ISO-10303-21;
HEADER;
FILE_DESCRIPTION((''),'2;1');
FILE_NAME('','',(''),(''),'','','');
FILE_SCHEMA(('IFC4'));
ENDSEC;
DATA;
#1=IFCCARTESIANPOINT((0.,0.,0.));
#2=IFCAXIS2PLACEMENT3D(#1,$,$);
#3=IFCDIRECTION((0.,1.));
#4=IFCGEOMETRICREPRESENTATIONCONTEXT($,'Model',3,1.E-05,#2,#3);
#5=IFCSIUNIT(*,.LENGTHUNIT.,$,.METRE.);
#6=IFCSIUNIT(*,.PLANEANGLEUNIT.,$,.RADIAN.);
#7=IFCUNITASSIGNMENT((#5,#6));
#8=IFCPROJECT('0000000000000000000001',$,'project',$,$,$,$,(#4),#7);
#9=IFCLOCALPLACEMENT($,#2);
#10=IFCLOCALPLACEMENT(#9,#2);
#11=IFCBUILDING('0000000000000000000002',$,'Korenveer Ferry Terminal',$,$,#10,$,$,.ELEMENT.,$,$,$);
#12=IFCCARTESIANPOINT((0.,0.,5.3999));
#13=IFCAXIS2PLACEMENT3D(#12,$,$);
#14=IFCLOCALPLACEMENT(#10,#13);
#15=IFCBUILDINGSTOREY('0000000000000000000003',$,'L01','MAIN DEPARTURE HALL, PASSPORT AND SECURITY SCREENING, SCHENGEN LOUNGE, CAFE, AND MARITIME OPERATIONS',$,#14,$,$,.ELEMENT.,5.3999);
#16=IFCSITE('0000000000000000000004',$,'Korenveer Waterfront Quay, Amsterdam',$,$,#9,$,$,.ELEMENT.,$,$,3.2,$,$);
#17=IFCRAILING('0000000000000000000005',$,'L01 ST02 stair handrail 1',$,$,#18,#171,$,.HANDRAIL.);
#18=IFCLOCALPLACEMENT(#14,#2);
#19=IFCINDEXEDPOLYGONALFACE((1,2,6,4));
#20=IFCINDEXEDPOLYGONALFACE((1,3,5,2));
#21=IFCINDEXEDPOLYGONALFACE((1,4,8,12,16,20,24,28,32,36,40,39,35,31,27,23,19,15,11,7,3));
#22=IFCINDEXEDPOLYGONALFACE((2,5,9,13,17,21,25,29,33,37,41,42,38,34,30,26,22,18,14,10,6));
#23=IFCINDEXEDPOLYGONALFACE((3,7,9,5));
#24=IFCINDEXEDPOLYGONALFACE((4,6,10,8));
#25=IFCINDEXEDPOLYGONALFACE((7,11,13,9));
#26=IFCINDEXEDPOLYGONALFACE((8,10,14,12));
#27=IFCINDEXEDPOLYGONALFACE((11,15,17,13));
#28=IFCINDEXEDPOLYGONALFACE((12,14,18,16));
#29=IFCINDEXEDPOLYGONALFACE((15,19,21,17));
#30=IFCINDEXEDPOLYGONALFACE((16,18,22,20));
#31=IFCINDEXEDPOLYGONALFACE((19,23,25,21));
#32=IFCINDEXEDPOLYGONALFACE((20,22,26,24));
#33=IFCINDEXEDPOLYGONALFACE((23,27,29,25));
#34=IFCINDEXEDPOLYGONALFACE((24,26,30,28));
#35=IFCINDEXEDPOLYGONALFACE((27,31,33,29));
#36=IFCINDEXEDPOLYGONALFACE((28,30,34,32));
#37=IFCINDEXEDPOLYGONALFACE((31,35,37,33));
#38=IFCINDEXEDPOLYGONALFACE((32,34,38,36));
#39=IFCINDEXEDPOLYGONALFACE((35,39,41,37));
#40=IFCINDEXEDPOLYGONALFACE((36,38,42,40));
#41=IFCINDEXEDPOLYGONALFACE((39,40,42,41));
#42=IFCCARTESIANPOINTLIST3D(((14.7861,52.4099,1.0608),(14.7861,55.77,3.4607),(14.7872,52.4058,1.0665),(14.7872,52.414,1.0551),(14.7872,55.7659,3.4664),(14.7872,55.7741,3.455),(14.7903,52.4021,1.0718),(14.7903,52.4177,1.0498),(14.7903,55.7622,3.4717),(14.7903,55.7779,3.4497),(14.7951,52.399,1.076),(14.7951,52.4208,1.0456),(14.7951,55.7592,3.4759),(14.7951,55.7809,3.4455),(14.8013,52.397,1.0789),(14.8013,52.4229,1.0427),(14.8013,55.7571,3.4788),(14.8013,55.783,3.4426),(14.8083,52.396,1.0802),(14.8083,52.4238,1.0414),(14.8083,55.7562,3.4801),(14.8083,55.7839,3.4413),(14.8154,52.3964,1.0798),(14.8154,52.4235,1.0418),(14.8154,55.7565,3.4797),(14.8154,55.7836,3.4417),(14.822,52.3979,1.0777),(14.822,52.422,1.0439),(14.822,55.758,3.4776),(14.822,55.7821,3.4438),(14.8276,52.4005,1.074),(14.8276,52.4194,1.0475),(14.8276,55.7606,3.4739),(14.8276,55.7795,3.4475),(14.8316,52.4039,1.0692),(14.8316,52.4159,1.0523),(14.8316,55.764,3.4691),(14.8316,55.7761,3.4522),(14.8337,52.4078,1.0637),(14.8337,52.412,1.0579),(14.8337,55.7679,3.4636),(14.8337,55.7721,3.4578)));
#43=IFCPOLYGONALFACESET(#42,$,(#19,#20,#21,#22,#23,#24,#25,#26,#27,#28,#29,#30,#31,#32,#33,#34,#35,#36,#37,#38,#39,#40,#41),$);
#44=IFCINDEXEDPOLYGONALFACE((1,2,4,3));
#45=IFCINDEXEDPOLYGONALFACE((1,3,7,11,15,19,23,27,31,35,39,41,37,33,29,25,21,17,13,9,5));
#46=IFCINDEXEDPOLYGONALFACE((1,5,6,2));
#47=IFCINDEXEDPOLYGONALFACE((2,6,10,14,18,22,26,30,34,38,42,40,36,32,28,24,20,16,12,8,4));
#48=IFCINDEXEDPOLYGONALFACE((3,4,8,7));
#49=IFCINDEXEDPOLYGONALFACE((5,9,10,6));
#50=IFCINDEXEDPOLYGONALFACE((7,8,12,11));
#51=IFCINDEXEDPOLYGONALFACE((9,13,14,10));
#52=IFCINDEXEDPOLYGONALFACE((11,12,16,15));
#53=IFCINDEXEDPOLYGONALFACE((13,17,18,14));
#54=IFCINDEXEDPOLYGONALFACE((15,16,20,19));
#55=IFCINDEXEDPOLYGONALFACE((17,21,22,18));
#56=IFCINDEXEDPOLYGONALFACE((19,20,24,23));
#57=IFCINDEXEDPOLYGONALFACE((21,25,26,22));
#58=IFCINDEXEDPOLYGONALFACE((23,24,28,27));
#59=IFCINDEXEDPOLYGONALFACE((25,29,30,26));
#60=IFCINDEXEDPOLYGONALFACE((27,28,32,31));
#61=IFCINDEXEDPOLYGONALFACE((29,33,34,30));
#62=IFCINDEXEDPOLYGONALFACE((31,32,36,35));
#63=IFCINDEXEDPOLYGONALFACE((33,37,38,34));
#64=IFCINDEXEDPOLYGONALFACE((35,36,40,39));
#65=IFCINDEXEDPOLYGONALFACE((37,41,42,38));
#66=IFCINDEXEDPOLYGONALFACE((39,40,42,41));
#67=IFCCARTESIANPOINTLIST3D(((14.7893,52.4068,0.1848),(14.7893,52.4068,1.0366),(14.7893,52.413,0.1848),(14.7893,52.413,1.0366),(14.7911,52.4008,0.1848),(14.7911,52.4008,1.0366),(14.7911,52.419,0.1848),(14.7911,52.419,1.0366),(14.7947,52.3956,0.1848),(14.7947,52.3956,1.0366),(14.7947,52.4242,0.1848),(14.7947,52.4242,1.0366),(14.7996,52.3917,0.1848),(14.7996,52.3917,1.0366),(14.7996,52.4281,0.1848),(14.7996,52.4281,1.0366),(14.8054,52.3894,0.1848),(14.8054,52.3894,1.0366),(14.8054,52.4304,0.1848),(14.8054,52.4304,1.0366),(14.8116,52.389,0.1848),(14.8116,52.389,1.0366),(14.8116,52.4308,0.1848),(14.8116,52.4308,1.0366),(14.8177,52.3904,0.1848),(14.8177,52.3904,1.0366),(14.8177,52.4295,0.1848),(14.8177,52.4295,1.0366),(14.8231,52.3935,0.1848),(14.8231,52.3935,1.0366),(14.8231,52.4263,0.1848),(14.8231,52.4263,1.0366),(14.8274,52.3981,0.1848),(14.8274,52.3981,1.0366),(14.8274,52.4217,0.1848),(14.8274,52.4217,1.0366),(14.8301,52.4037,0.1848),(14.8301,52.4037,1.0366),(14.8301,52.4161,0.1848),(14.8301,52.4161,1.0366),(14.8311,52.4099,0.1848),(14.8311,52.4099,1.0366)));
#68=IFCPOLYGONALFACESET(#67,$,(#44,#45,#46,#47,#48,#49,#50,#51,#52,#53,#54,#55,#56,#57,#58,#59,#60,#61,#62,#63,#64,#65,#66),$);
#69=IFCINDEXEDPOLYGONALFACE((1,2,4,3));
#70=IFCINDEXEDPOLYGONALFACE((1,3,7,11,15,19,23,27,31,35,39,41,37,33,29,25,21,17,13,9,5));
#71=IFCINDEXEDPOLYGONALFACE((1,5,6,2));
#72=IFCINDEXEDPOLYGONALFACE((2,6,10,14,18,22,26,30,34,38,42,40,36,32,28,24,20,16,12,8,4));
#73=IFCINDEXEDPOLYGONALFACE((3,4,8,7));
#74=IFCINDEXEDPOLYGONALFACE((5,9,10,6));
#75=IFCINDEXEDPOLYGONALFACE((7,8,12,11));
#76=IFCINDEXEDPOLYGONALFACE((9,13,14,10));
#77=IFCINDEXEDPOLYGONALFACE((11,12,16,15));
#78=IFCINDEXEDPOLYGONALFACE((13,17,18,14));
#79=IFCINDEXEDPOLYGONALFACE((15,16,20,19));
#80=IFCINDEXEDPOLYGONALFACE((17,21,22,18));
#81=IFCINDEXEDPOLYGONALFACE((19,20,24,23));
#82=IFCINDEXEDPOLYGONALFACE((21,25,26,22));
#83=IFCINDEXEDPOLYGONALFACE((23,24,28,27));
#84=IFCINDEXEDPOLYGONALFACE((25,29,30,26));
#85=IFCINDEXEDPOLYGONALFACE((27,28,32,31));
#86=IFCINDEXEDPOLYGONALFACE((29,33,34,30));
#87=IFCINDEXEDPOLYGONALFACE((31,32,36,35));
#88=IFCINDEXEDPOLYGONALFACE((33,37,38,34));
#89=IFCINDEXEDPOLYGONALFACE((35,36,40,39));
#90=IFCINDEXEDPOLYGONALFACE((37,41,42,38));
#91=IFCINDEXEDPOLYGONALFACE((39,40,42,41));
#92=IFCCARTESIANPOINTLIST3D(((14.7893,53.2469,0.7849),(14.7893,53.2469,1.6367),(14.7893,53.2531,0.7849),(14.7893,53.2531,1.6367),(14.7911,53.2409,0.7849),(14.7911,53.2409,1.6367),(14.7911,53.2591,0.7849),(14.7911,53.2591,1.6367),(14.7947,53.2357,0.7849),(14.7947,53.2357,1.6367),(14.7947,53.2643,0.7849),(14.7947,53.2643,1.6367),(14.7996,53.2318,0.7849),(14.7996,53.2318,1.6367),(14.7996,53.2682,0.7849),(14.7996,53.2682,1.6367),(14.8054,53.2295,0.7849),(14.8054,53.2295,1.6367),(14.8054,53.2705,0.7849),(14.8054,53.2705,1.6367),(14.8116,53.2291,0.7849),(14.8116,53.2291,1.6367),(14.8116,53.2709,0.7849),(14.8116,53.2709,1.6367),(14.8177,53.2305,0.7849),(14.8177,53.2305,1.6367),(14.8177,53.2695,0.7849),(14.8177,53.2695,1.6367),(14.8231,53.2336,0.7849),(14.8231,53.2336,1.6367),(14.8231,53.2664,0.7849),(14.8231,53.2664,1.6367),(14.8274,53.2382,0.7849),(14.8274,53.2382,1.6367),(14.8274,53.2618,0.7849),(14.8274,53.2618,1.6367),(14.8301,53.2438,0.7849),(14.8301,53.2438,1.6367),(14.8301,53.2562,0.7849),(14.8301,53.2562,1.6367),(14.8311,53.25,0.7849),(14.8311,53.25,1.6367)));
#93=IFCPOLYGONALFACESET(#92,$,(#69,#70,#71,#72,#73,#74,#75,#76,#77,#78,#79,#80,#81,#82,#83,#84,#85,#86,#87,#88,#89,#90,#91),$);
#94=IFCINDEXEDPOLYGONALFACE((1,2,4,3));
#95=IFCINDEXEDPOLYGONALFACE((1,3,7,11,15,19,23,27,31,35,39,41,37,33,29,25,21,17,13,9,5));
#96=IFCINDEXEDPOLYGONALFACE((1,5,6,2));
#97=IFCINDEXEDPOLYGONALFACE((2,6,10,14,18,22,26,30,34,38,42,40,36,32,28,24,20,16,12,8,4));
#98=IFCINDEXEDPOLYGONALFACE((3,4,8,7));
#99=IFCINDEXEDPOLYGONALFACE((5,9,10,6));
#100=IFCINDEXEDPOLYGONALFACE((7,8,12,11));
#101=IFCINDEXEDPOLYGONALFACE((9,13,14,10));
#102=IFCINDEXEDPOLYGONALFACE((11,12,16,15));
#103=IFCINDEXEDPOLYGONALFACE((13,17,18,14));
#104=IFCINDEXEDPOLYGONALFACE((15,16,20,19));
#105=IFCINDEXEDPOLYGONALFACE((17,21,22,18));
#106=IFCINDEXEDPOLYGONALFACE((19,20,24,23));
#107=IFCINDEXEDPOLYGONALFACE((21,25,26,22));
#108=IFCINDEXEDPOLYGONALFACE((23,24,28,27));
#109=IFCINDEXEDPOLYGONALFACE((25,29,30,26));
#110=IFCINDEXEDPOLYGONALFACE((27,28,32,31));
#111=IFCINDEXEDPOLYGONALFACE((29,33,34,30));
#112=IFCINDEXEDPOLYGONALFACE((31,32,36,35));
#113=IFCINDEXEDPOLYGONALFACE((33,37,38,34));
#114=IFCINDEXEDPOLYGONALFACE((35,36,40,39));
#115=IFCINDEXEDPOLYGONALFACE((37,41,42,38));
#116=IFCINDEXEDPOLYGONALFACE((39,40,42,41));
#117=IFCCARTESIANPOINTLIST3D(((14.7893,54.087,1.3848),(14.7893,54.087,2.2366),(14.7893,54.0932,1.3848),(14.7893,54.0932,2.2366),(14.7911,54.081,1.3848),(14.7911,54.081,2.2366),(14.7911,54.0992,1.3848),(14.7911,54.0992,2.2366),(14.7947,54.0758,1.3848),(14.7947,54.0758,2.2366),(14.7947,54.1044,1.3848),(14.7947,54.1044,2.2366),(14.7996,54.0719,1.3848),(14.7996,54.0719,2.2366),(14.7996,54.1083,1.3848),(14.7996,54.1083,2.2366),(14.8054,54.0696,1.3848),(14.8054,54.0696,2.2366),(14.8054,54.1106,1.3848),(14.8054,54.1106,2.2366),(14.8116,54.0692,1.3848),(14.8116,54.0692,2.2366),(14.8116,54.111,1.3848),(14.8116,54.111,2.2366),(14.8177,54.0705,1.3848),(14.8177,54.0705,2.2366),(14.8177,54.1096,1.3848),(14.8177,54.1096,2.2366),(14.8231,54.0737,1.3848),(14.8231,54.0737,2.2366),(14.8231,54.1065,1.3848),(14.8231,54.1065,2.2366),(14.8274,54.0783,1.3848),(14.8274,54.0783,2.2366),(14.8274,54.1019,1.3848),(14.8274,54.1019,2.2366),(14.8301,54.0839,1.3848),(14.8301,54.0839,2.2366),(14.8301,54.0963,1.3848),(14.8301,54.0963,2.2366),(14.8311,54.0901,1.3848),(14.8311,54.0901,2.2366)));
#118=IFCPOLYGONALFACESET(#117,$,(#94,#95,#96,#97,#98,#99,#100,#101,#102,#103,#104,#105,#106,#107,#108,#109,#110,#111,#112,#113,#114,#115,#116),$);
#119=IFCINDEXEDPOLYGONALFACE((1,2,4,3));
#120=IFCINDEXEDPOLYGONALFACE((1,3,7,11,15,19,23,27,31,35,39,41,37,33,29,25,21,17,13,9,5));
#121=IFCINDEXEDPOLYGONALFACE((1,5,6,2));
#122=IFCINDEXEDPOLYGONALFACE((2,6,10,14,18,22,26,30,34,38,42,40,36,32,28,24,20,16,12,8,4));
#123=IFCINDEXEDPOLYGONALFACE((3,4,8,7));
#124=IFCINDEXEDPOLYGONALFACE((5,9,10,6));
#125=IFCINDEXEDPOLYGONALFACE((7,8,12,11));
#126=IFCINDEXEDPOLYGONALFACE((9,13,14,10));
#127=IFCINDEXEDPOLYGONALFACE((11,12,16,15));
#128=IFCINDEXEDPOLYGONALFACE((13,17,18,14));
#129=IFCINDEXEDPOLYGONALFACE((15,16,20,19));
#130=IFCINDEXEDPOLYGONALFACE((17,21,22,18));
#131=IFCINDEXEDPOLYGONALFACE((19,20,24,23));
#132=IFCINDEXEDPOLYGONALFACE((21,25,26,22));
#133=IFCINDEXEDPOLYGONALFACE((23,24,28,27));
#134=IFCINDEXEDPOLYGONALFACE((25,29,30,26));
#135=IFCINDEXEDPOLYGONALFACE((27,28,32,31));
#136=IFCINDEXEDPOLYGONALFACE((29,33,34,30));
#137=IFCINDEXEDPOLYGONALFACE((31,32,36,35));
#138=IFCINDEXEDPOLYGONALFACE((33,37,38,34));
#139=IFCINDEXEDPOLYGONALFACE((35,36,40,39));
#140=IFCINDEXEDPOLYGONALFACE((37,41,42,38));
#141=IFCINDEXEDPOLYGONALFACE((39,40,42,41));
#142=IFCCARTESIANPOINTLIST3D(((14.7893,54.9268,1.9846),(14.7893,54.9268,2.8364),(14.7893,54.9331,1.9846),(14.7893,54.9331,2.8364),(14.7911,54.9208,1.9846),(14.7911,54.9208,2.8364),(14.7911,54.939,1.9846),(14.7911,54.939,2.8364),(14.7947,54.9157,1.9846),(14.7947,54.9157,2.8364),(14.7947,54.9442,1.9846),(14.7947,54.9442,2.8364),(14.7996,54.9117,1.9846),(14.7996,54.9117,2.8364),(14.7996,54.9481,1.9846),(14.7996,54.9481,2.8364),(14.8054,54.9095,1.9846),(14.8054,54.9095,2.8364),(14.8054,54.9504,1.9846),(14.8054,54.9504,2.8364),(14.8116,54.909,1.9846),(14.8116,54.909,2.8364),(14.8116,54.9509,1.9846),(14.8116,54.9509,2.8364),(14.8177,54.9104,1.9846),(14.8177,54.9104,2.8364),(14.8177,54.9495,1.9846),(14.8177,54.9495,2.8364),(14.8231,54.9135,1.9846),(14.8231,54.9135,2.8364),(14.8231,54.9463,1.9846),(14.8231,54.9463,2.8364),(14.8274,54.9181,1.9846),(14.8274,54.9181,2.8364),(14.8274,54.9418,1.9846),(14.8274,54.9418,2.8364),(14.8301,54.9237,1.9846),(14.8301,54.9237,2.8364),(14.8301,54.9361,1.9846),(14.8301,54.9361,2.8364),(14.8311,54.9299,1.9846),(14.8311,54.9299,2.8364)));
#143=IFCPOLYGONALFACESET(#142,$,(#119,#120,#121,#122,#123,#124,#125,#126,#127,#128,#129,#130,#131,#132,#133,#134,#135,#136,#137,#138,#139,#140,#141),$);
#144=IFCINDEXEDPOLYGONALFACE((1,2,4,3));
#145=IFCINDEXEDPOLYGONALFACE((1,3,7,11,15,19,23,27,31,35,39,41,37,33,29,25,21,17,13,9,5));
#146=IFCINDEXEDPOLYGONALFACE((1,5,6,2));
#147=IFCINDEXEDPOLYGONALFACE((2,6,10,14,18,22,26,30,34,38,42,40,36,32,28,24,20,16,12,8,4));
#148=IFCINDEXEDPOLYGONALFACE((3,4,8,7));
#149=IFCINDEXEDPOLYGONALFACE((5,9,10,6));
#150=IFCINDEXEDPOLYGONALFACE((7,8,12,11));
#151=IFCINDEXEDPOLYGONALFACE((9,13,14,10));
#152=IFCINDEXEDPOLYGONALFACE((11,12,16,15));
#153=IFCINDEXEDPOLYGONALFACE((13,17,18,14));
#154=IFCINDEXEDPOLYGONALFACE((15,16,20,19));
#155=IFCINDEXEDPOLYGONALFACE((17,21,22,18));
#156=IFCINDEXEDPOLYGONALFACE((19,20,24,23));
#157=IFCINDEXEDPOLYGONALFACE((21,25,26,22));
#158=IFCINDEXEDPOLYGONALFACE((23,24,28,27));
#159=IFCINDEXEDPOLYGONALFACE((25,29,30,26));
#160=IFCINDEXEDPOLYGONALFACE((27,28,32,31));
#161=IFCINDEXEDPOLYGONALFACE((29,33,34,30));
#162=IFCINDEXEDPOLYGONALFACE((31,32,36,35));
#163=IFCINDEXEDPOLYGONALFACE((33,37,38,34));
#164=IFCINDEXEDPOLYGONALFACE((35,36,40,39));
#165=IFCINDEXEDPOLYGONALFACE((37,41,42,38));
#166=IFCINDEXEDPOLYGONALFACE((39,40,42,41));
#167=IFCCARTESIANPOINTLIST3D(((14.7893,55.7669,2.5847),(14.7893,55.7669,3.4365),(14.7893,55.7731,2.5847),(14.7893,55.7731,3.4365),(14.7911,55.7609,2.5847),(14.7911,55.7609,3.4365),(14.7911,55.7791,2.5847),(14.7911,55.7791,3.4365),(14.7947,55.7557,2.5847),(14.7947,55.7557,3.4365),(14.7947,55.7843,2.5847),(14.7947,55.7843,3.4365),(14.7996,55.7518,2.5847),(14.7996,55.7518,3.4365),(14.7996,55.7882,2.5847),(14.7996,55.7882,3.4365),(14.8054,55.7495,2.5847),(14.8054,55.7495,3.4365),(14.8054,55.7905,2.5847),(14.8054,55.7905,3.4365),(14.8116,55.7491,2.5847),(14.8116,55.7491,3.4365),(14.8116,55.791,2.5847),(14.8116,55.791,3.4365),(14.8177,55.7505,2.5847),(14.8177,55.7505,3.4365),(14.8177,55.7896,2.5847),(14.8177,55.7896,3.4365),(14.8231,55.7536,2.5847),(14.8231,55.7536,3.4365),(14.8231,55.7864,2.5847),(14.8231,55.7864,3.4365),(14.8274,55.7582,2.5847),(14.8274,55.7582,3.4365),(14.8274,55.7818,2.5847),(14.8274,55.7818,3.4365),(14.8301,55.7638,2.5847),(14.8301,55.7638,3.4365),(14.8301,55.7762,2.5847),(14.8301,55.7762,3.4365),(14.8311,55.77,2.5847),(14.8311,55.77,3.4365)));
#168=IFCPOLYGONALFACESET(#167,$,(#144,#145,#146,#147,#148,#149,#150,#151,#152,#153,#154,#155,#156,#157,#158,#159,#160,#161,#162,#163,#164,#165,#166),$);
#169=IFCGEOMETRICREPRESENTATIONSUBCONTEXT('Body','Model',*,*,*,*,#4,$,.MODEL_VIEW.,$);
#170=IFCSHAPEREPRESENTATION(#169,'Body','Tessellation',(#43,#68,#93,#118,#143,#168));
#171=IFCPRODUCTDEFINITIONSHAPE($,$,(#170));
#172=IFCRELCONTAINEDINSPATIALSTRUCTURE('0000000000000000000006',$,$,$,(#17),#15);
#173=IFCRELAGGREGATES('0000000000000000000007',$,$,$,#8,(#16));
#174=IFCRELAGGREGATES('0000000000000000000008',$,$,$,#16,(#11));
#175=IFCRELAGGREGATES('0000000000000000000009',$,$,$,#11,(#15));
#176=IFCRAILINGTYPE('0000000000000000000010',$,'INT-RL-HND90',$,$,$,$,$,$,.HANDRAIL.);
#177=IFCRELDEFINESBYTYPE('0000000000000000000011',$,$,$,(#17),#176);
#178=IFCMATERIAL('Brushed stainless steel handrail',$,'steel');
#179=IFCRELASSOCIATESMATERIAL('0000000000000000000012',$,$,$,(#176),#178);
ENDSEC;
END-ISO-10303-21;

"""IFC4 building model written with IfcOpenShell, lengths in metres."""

from ifc_helpers import new_model, si_unit, direction, frame, origin, origin_2d, place, context, subcontext, project, spatial, circle, extrude, material, type_object, element, save


model = new_model("IFC4")

# Units and contexts
model_context = context("Model", 3, precision=1e-05, world=origin(), true_north=direction((0.0, 1.0)))
body_context = subcontext(model_context, "Body", "Model", "MODEL_VIEW")
ifc_project = project(units=[si_unit("LENGTHUNIT", "METRE"), si_unit("PLANEANGLEUNIT", "RADIAN")], contexts=[model_context])

# Site, building, storey
site_placement = place(None, origin())
site = spatial("IfcSite", under=ifc_project, at=site_placement, Name="Korenveer Waterfront Quay, Amsterdam", CompositionType="ELEMENT", RefElevation=3.2)
building_placement = place(site_placement, origin())
building = spatial("IfcBuilding", under=site, at=building_placement, Name="Korenveer Ferry Terminal", CompositionType="ELEMENT")
storey_placement = place(building_placement, frame((0.0, 0.0, 5.3999)))
storey = spatial("IfcBuildingStorey", under=building, at=storey_placement, Name="L01", Description="MAIN DEPARTURE HALL, PASSPORT AND SECURITY SCREENING, SCHENGEN LOUNGE, CAFE, AND MARITIME OPERATIONS", CompositionType="ELEMENT", Elevation=5.3999)

# Railing
ifc_material_1 = material(Name="Brushed stainless steel handrail", Category="steel")
railing_type_1 = type_object("IfcRailingType", Name="INT-RL-HND90", PredefinedType="HANDRAIL", material=ifc_material_1)
railing_1_placement = place(storey_placement, frame((14.8101, 52.4099, 0.1848)))
element("IfcRailing", 1, at=railing_1_placement, inside=storey, type_object=railing_type_1, Name="L01 ST02 stair handrail 1", PredefinedType="HANDRAIL", context=body_context, shape_type="SweptSolid", body=[
    extrude(circle(Radius=0.0239, at=origin_2d()), frame((0.0, 0.0, 0.876), z_axis=(0.0, 0.813753, 0.58121), x_axis=(-1.0, 0.0, 0.0)), (0.0, 0.0, 1.0), 4.1292),
    extrude(circle(Radius=0.021, at=origin_2d()), origin(), (0.0, 0.0, 1.0), 0.8518),
    extrude(circle(Radius=0.021, at=origin_2d()), frame((0.0, 0.8401, 0.6001)), (0.0, 0.0, 1.0), 0.8518),
    extrude(circle(Radius=0.021, at=origin_2d()), frame((0.0, 1.6802, 1.2)), (0.0, 0.0, 1.0), 0.8518),
    extrude(circle(Radius=0.021, at=origin_2d()), frame((0.0, 2.52, 1.7998)), (0.0, 0.0, 1.0), 0.8518),
    extrude(circle(Radius=0.021, at=origin_2d()), frame((0.0, 3.3601, 2.3999)), (0.0, 0.0, 1.0), 0.8518),
])

save(model, "model.ifc")
